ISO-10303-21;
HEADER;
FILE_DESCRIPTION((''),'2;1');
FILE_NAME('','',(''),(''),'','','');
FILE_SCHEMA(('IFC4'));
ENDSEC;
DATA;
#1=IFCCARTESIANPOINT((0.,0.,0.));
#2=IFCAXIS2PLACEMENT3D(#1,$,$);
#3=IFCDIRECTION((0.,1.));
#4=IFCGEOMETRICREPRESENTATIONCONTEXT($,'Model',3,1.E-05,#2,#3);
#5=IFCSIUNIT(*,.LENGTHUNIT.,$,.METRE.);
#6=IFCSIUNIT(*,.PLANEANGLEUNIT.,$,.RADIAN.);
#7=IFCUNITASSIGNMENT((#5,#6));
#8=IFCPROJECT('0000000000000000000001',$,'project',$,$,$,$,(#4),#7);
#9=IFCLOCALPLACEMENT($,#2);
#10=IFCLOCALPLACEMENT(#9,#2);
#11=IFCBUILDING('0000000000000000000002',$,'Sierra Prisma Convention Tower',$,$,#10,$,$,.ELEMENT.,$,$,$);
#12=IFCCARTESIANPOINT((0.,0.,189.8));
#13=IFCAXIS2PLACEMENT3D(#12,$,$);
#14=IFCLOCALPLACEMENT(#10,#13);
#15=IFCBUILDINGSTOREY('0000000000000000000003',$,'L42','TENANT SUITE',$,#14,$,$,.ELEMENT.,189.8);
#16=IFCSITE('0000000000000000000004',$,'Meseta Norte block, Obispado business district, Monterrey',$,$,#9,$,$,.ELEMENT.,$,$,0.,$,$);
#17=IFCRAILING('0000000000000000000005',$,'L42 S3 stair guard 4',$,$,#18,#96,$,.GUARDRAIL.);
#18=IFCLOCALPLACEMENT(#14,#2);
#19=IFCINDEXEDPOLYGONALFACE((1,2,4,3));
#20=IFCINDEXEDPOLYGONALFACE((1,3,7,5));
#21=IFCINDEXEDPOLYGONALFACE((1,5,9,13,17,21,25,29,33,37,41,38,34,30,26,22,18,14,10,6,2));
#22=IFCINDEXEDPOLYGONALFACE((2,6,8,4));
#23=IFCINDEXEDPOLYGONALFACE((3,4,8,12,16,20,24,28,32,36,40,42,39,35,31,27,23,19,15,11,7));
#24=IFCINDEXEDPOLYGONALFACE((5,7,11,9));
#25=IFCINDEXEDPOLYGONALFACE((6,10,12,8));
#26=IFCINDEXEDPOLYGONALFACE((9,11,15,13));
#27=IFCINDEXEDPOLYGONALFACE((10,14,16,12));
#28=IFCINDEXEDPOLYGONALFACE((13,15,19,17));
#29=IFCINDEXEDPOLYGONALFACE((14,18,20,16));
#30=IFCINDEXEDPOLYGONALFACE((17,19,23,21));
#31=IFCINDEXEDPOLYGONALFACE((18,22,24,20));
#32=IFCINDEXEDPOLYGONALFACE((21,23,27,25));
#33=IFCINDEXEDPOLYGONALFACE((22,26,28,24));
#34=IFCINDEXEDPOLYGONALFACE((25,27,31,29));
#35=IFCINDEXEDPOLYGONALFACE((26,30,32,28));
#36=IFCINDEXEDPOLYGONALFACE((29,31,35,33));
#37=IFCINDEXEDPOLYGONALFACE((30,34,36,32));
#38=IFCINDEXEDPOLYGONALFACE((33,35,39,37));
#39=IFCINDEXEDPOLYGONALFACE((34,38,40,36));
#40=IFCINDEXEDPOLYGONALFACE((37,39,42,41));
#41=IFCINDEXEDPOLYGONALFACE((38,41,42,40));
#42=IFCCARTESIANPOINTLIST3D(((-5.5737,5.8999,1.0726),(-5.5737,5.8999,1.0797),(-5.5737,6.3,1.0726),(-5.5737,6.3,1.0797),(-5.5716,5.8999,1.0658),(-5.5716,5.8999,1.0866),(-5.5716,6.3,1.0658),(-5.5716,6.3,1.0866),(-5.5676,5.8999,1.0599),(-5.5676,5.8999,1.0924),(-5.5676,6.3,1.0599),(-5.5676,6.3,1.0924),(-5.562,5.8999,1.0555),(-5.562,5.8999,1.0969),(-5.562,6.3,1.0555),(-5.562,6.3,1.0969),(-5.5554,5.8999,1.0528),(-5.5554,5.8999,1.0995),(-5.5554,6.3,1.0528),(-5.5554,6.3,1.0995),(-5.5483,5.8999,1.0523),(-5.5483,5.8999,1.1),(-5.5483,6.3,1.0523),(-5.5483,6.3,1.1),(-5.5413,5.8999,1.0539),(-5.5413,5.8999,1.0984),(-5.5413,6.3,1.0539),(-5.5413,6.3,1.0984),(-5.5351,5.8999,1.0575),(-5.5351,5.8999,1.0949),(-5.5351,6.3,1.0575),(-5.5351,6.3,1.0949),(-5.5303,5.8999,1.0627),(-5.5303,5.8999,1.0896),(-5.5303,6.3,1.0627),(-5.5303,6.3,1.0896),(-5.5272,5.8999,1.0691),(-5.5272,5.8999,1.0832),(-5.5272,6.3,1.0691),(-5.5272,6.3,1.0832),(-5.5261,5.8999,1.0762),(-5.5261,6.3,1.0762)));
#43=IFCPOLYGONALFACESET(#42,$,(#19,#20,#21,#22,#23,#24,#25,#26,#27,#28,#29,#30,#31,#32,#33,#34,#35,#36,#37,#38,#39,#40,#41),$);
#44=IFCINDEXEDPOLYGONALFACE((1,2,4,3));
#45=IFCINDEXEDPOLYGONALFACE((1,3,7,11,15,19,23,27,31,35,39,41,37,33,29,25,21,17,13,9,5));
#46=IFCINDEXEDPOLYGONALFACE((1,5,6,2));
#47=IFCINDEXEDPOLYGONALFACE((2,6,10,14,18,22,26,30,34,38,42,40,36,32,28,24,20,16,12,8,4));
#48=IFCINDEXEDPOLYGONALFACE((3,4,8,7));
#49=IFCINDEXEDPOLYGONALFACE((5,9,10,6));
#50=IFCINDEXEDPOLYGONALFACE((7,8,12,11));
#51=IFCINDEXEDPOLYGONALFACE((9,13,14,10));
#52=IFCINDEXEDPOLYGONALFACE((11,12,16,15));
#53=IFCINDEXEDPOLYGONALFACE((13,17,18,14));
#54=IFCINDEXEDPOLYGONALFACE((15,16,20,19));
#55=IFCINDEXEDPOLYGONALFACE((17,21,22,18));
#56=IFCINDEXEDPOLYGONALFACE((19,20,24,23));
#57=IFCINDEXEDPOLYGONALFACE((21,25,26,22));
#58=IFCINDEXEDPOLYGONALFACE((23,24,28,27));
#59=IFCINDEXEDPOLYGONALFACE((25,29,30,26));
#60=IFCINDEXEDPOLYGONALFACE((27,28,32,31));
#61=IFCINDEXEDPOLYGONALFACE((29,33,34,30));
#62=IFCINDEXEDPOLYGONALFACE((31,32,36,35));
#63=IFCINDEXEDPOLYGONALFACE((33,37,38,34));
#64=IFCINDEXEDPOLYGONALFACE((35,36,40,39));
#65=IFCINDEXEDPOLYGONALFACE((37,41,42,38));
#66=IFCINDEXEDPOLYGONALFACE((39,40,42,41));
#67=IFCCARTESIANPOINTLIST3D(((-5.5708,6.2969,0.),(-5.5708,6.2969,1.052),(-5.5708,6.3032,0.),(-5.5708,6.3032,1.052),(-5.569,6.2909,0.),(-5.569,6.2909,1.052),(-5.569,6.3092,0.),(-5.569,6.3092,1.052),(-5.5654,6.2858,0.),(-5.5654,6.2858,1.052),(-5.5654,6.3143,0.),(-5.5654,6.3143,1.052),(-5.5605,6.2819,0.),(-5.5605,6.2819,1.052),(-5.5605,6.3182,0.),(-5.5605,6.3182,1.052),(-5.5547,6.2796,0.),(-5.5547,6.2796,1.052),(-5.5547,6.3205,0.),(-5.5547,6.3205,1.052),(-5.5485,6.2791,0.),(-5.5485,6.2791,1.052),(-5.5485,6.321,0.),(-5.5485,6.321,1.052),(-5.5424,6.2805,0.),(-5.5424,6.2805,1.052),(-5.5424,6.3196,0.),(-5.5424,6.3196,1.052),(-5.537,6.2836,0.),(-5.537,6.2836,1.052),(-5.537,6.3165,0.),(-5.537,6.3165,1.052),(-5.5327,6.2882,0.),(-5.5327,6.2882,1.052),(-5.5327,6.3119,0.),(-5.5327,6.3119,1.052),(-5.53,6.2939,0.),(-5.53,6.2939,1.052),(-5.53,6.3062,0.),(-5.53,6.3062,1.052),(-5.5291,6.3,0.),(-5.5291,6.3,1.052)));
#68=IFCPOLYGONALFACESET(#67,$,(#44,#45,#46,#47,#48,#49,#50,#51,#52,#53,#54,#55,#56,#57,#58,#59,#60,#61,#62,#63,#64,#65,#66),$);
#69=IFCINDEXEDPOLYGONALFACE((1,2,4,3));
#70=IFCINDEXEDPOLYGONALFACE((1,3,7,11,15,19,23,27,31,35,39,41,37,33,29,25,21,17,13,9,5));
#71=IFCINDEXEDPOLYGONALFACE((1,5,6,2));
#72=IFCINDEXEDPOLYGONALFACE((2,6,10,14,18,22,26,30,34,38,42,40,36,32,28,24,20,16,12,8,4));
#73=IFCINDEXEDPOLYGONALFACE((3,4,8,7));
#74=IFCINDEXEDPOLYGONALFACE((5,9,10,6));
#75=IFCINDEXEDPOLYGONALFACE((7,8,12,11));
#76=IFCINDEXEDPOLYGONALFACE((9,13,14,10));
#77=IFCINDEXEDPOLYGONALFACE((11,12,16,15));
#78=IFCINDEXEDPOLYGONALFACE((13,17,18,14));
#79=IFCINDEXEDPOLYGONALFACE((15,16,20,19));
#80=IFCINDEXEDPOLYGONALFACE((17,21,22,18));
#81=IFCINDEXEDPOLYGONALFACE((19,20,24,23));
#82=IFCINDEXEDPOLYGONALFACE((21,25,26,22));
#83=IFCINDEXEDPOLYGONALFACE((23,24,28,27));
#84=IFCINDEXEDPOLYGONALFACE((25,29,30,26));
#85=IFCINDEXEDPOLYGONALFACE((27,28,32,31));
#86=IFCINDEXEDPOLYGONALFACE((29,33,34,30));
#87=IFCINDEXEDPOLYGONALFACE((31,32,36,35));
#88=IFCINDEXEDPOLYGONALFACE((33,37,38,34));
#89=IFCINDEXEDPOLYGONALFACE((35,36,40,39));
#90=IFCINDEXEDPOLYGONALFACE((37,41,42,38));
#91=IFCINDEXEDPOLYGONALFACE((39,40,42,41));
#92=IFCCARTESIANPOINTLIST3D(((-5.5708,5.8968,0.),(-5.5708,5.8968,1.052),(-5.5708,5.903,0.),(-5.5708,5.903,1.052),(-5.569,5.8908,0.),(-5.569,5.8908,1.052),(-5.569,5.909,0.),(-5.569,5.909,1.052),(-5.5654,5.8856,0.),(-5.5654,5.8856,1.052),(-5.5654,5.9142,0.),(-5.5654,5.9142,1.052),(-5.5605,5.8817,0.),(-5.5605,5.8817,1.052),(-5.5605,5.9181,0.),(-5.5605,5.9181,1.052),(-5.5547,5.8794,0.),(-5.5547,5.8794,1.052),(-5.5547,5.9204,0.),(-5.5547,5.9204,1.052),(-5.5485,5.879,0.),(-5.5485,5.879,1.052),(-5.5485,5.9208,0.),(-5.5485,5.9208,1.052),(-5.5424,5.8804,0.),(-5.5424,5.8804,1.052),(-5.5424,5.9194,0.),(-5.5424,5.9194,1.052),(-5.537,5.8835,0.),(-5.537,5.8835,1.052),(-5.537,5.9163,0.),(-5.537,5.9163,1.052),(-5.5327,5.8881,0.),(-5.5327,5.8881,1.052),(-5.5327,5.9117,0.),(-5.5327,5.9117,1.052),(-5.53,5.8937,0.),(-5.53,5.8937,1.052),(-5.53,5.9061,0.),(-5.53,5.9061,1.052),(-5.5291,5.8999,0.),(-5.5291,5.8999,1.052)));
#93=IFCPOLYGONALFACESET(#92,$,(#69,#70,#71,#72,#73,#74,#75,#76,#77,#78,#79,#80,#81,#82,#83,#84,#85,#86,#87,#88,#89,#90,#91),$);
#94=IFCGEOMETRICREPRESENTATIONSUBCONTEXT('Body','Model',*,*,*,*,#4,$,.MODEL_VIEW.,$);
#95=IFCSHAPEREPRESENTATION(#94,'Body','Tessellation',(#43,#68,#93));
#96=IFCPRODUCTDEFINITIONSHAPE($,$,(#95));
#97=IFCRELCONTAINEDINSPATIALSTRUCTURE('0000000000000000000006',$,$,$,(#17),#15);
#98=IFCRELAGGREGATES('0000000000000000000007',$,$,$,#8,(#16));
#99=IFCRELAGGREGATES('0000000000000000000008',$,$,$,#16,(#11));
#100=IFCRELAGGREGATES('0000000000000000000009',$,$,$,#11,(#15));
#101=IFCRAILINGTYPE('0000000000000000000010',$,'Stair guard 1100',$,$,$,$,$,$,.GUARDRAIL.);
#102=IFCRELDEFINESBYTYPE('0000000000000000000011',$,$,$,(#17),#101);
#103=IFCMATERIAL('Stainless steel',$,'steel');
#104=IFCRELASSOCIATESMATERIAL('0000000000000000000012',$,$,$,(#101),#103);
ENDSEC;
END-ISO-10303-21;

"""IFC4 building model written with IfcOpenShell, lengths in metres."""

from ifc_helpers import new_model, si_unit, direction, frame, origin, origin_2d, place, context, subcontext, project, spatial, circle, extrude, material, type_object, element, save


model = new_model("IFC4")

# Units and contexts
model_context = context("Model", 3, precision=1e-05, world=origin(), true_north=direction((0.0, 1.0)))
body_context = subcontext(model_context, "Body", "Model", "MODEL_VIEW")
ifc_project = project(units=[si_unit("LENGTHUNIT", "METRE"), si_unit("PLANEANGLEUNIT", "RADIAN")], contexts=[model_context])

# Site, building, storey
site_placement = place(None, origin())
site = spatial("IfcSite", under=ifc_project, at=site_placement, Name="Meseta Norte block, Obispado business district, Monterrey", CompositionType="ELEMENT", RefElevation=0.0)
building_placement = place(site_placement, origin())
building = spatial("IfcBuilding", under=site, at=building_placement, Name="Sierra Prisma Convention Tower", CompositionType="ELEMENT")
storey_placement = place(building_placement, frame((0.0, 0.0, 189.8)))
storey = spatial("IfcBuildingStorey", under=building, at=storey_placement, Name="L42", Description="TENANT SUITE", CompositionType="ELEMENT", Elevation=189.8)

# Railing
ifc_material_1 = material(Name="Stainless steel", Category="steel")
railing_type_1 = type_object("IfcRailingType", Name="Stair guard 1100", PredefinedType="GUARDRAIL", material=ifc_material_1)
railing_1_placement = place(storey_placement, frame((-5.55, 6.3, 0.0)))
element("IfcRailing", 1, at=railing_1_placement, inside=storey, type_object=railing_type_1, Name="L42 S3 stair guard 4", PredefinedType="GUARDRAIL", context=body_context, shape_type="SweptSolid", body=[
    extrude(circle(Radius=0.0239, at=origin_2d()), frame((0.0, 0.0, 1.0762), z_axis=(0.0, -1.0, 0.0), x_axis=(1.0, 0.0, 0.0)), (0.0, 0.0, 1.0), 0.4001),
    extrude(circle(Radius=0.021, at=origin_2d()), origin(), (0.0, 0.0, 1.0), 1.052),
    extrude(circle(Radius=0.021, at=origin_2d()), frame((0.0, -0.4001, 0.0)), (0.0, 0.0, 1.0), 1.052),
])

save(model, "model.ifc")
